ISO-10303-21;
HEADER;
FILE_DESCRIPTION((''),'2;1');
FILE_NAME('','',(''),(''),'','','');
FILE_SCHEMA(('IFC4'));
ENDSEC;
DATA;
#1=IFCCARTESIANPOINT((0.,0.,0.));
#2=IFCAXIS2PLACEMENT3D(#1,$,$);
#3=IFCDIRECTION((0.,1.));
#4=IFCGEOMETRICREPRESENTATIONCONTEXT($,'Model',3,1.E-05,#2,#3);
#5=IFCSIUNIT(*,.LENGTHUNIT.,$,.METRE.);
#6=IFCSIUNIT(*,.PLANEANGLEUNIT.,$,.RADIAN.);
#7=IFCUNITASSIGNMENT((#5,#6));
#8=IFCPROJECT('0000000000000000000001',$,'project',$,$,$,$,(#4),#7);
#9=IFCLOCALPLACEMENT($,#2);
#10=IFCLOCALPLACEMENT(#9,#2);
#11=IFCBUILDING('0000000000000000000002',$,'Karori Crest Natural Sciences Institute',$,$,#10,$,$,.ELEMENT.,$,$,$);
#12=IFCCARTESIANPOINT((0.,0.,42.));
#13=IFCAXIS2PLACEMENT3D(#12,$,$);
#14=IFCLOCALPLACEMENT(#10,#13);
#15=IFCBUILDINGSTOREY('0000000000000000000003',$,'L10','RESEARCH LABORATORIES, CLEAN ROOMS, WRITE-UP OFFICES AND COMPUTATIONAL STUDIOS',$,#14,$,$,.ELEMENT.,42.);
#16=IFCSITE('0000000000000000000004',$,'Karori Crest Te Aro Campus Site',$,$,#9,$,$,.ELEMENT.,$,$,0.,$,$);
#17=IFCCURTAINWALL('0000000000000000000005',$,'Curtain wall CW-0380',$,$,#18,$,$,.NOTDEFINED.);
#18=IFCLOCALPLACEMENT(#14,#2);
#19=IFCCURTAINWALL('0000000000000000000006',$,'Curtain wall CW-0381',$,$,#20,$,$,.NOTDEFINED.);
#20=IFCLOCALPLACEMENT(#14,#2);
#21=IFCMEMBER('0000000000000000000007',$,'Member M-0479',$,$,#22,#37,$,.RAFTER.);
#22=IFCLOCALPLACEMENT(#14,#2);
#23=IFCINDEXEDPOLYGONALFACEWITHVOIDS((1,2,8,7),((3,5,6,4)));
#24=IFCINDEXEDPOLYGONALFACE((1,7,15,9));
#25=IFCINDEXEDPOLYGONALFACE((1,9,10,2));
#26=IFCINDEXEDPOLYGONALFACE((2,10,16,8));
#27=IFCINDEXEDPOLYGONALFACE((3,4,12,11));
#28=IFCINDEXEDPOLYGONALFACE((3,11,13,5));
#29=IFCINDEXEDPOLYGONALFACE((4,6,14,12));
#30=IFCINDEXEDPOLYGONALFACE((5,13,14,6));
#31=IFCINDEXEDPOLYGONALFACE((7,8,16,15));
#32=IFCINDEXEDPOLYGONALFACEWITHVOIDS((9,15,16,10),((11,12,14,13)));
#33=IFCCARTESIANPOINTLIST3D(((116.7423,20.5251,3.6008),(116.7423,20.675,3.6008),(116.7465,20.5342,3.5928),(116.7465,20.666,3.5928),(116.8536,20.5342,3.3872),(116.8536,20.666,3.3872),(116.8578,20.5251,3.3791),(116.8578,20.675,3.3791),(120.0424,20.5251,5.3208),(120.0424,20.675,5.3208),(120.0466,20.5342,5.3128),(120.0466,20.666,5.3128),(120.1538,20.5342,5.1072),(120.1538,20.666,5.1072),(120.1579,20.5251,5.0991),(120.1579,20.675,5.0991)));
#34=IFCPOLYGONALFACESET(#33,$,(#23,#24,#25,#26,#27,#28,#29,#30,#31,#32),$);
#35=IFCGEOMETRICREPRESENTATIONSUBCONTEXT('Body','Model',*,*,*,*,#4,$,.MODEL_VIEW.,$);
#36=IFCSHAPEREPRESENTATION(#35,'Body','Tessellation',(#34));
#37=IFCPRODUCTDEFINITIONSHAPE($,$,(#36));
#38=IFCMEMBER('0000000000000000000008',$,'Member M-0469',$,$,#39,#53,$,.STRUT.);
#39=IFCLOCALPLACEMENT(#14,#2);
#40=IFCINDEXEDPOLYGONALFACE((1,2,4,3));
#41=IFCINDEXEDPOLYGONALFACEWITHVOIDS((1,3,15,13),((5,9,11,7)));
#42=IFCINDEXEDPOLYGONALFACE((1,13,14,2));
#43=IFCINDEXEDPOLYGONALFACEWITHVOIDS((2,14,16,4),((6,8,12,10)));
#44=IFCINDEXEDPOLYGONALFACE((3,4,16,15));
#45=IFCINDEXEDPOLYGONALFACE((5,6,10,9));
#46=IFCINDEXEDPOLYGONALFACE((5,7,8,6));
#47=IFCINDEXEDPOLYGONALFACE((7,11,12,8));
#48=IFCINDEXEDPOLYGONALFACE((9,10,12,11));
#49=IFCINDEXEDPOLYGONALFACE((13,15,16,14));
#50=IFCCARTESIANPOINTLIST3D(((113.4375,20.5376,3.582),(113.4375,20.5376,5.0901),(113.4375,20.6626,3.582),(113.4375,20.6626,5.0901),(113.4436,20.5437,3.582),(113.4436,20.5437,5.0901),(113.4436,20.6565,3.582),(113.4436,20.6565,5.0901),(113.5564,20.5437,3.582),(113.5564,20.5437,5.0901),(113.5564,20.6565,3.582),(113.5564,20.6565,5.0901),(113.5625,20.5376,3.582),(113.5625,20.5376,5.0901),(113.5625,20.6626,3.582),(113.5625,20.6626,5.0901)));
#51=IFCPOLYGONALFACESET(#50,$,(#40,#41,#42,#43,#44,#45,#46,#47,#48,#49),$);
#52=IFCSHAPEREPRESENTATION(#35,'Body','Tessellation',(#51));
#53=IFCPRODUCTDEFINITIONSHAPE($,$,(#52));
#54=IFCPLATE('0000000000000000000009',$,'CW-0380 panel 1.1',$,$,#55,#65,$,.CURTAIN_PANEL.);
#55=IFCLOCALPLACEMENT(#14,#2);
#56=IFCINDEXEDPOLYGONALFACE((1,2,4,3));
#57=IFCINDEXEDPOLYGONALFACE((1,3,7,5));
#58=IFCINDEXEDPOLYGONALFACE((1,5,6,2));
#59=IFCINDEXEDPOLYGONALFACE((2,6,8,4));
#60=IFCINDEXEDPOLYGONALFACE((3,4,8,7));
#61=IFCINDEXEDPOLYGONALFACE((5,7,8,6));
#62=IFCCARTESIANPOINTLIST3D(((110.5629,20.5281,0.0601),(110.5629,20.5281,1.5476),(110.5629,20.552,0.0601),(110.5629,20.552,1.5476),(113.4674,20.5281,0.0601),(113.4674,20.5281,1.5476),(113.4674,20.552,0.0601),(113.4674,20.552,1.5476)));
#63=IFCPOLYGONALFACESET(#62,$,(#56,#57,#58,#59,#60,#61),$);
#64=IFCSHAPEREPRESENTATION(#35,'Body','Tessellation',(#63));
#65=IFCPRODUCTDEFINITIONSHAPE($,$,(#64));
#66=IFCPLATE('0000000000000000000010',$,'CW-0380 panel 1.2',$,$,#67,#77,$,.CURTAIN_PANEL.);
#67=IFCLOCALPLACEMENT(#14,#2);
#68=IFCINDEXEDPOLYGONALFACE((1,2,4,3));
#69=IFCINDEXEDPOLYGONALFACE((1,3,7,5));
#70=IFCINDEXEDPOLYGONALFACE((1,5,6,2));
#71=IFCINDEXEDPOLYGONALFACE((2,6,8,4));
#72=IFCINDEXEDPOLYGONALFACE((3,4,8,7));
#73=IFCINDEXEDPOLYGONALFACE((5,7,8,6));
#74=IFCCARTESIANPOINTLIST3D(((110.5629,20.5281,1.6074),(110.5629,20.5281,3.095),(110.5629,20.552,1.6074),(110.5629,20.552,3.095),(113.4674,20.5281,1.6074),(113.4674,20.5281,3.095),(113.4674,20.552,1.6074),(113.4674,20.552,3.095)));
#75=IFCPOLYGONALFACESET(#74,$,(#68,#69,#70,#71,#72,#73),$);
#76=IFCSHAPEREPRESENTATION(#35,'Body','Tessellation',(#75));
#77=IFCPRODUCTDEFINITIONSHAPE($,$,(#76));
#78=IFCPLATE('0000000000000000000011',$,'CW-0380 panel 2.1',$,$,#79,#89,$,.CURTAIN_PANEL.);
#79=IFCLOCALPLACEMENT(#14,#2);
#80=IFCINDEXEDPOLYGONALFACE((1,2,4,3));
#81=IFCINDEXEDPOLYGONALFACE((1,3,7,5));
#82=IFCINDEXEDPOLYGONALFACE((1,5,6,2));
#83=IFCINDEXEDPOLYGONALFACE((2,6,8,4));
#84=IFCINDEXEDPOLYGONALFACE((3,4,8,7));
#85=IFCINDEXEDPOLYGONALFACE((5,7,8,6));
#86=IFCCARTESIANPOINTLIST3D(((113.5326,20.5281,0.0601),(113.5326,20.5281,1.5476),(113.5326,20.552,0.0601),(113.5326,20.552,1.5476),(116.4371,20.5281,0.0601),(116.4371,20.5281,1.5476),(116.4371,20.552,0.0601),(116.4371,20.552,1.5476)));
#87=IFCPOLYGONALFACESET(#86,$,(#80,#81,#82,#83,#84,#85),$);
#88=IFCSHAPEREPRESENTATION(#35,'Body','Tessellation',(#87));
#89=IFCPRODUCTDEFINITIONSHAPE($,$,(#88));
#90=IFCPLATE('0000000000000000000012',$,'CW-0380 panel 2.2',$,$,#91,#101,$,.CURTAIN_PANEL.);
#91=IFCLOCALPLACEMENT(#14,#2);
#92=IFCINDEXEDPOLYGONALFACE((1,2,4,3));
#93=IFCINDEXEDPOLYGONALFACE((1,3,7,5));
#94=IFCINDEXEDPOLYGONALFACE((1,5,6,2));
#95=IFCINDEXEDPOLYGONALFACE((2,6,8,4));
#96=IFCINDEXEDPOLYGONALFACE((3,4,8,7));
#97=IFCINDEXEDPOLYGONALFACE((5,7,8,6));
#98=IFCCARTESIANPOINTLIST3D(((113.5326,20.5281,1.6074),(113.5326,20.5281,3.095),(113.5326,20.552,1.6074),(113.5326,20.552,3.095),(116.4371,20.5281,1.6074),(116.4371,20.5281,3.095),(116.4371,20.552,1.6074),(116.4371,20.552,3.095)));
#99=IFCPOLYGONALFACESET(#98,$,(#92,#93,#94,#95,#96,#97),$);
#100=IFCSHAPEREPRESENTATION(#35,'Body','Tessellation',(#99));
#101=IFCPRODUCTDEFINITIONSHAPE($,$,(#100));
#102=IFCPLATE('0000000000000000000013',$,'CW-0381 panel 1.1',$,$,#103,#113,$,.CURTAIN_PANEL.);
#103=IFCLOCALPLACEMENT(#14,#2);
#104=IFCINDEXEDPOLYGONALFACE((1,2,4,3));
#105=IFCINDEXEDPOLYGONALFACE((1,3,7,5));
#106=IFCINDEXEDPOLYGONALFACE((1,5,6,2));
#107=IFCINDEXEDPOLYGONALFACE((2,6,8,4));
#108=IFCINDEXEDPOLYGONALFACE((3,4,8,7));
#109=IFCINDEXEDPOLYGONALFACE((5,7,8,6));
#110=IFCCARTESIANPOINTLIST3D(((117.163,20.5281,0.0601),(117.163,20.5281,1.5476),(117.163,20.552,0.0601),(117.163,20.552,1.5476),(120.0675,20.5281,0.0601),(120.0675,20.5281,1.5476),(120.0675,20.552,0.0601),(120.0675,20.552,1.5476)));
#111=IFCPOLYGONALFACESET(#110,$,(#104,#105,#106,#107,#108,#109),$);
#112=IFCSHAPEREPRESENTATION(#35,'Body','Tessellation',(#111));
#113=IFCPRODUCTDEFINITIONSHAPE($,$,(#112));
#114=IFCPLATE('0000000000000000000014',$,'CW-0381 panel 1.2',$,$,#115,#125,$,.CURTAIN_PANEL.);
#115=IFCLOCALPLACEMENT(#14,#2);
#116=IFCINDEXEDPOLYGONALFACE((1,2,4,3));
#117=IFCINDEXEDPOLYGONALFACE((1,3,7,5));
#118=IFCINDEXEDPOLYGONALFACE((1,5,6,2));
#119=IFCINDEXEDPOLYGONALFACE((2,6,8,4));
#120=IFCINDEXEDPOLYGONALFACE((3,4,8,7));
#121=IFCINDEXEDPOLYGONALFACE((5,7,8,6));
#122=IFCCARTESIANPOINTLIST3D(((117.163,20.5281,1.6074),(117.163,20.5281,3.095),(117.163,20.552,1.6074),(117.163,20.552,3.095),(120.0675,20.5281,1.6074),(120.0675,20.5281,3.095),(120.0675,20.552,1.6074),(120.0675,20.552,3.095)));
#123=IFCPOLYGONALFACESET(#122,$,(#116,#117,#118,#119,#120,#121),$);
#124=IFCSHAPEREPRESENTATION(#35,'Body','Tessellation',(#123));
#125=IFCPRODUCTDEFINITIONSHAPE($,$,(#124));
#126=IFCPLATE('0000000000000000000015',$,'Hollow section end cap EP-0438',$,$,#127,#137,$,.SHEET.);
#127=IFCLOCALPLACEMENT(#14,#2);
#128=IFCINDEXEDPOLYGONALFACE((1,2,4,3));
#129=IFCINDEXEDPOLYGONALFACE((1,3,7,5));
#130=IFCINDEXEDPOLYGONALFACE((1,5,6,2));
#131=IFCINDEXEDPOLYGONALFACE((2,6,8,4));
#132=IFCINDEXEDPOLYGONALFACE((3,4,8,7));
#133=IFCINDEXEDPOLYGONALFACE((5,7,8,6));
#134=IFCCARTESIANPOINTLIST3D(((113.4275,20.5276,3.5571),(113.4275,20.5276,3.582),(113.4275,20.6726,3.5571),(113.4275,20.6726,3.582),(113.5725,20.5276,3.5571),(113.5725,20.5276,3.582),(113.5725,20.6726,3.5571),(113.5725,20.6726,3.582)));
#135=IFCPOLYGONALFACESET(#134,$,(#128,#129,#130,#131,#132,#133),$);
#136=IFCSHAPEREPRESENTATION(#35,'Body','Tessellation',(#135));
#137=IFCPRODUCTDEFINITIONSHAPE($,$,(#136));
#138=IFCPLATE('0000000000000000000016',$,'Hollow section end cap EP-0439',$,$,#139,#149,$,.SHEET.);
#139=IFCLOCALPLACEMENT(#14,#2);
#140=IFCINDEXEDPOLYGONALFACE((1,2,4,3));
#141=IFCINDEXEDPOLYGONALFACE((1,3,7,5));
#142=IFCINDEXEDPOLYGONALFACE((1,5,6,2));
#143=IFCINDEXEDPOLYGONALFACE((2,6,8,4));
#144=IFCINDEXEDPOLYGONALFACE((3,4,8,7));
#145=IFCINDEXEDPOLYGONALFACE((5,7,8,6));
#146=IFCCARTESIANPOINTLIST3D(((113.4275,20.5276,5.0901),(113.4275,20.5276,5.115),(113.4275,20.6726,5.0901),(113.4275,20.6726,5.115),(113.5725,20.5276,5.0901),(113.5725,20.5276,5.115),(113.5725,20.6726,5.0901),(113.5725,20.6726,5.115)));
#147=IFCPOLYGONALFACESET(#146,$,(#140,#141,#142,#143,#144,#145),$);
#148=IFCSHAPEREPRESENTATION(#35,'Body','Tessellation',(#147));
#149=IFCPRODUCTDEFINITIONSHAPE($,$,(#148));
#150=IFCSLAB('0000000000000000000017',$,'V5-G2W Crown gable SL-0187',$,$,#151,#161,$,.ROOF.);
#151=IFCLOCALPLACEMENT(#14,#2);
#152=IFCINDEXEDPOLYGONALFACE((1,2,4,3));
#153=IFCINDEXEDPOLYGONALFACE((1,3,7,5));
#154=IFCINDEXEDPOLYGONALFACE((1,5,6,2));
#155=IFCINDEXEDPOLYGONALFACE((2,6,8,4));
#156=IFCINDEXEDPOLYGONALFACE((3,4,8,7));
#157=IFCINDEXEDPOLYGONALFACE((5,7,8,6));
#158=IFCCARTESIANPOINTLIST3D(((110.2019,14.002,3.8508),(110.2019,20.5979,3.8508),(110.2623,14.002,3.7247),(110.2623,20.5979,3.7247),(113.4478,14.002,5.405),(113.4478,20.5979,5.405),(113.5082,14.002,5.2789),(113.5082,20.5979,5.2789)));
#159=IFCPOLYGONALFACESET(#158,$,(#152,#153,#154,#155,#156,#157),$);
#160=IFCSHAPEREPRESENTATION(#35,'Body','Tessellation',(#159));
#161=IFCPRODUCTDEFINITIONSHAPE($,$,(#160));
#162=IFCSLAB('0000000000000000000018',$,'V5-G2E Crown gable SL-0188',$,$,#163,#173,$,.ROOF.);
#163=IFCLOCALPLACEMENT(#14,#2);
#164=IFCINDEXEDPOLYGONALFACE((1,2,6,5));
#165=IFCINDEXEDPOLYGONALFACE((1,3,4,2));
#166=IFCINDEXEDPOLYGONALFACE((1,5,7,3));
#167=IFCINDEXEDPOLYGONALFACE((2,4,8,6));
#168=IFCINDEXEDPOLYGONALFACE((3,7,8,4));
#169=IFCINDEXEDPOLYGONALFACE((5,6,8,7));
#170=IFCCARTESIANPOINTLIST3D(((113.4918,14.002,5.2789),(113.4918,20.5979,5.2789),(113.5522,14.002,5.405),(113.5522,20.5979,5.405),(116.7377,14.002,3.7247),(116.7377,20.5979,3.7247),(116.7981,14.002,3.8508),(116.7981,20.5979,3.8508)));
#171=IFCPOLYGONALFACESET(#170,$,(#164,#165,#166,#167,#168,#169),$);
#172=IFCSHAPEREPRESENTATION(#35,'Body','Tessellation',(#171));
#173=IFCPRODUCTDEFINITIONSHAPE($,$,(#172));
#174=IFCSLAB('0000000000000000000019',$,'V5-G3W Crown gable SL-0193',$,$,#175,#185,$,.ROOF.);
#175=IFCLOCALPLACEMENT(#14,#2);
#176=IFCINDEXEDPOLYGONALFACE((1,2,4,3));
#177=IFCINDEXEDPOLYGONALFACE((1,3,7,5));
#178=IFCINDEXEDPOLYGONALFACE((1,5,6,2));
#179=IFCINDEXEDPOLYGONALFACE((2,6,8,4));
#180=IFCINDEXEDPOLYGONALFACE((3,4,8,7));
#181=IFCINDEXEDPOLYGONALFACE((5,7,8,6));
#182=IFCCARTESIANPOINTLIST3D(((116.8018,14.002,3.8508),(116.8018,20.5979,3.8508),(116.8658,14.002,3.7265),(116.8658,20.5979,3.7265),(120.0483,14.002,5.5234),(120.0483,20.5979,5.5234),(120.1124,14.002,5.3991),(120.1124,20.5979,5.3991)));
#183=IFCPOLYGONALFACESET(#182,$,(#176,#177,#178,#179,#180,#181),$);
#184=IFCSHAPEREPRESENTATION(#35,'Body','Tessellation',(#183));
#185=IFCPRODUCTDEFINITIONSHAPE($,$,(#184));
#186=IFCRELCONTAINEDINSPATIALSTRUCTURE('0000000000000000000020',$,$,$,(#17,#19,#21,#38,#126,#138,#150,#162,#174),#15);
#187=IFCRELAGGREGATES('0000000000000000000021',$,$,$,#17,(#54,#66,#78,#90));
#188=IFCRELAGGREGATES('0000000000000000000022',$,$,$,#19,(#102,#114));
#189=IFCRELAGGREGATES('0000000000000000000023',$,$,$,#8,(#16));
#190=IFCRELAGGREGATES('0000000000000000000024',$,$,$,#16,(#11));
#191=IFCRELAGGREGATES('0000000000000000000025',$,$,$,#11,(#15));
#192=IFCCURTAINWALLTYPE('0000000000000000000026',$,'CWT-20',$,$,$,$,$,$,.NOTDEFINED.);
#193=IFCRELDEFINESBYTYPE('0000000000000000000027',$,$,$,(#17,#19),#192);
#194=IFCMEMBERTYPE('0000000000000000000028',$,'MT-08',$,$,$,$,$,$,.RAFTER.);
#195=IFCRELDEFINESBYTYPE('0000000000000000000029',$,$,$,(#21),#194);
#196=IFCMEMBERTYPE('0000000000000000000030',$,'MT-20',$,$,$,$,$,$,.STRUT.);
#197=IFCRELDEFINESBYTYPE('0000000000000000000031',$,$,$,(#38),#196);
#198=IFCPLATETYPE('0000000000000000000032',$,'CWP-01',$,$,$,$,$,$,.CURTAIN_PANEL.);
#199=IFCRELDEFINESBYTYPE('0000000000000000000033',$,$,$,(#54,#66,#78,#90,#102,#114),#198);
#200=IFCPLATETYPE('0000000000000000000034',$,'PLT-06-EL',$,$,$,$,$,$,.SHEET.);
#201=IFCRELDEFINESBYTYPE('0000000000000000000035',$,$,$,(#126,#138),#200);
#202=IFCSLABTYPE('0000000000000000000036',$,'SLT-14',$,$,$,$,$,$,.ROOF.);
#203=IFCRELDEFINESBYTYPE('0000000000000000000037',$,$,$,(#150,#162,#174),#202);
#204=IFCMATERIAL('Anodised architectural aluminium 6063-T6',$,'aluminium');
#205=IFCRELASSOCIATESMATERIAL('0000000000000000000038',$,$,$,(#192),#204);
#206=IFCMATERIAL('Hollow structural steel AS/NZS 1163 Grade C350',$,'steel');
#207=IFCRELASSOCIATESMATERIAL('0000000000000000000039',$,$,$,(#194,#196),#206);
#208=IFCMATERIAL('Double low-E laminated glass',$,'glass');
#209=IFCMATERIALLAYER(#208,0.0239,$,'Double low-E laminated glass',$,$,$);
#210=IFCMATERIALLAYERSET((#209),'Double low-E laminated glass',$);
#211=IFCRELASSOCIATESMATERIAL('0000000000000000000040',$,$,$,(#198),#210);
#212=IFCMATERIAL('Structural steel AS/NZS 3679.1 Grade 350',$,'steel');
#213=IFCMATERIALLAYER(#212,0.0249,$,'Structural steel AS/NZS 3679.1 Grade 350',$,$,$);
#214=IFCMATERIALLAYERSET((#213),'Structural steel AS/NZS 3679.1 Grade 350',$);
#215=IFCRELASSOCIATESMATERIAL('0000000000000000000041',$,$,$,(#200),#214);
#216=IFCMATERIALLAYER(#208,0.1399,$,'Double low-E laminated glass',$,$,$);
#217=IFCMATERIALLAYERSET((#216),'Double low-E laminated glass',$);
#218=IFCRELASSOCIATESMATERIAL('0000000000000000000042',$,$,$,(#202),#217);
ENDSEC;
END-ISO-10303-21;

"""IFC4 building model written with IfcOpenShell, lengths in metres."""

from ifc_helpers import new_model, si_unit, direction, frame, origin, origin_2d, place, context, subcontext, project, spatial, polyline, rectangle, hollow_rectangle, outline, extrude, material, layer, layer_set, material_profile, profile_set, type_object, element, aggregate, save


model = new_model("IFC4")

# Units and contexts
model_context = context("Model", 3, precision=1e-05, world=origin(), true_north=direction((0.0, 1.0)))
body_context = subcontext(model_context, "Body", "Model", "MODEL_VIEW")
ifc_project = project(units=[si_unit("LENGTHUNIT", "METRE"), si_unit("PLANEANGLEUNIT", "RADIAN")], contexts=[model_context])

# Site, building, storey
site_placement = place(None, origin())
site = spatial("IfcSite", under=ifc_project, at=site_placement, Name="Karori Crest Te Aro Campus Site", CompositionType="ELEMENT", RefElevation=0.0)
building_placement = place(site_placement, origin())
building = spatial("IfcBuilding", under=site, at=building_placement, Name="Karori Crest Natural Sciences Institute", CompositionType="ELEMENT")
storey_placement = place(building_placement, frame((0.0, 0.0, 42.0)))
storey = spatial("IfcBuildingStorey", under=building, at=storey_placement, Name="L10", Description="RESEARCH LABORATORIES, CLEAN ROOMS, WRITE-UP OFFICES AND COMPUTATIONAL STUDIOS", CompositionType="ELEMENT", Elevation=42.0)

# Shared definitions
ifc_material_1 = material(Name="Structural steel AS/NZS 3679.1 Grade 350", Category="steel")

# Shared definitions
ifc_material_2 = material(Name="Hollow structural steel AS/NZS 1163 Grade C350", Category="steel")

# Curtain wall
ifc_material_3 = material(Name="Anodised architectural aluminium 6063-T6", Category="aluminium")
curtain_wall_type = type_object("IfcCurtainWallType", Name="CWT-20", PredefinedType="NOTDEFINED", material=ifc_material_3)
curtain_wall_1_placement = place(storey_placement, origin())
curtain_wall_1 = element("IfcCurtainWall", 1, at=curtain_wall_1_placement, inside=storey, type_object=curtain_wall_type, Name="Curtain wall CW-0380", PredefinedType="NOTDEFINED")

# Curtain wall
curtain_wall_2_placement = place(storey_placement, origin())
curtain_wall_2 = element("IfcCurtainWall", 2, at=curtain_wall_2_placement, inside=storey, type_object=curtain_wall_type, Name="Curtain wall CW-0381", PredefinedType="NOTDEFINED")

# Members
ifc_material_profile_1 = material_profile(ifc_material_2, hollow_rectangle(XDim=0.1499, YDim=0.25, WallThickness=0.009, at=origin_2d()), Name="RHS250x150x9")
ifc_profile_set_1 = profile_set([ifc_material_profile_1], Name="Hollow structural steel AS/NZS 1163 Grade C350")
member_type_1 = type_object("IfcMemberType", Name="MT-08", PredefinedType="RAFTER", material=ifc_profile_set_1)
member_1_placement = place(storey_placement, frame((116.8, 20.6001, 3.49), z_axis=(0.886782, 0.0, 0.462187), x_axis=(0.0, 1.0, 0.0)))
element("IfcMember", 3, at=member_1_placement, inside=storey, type_object=member_type_1, Name="Member M-0479", PredefinedType="RAFTER", context=body_context, shape_type="SweptSolid", body=[
    extrude(hollow_rectangle(XDim=0.1499, YDim=0.25, WallThickness=0.009, at=origin_2d()), origin(), (0.0, 0.0, 1.0), 3.7214),
])
ifc_material_profile_2 = material_profile(ifc_material_2, hollow_rectangle(XDim=0.125, YDim=0.125, WallThickness=0.0061, at=origin_2d()), Name="SHS125x125x6")
ifc_profile_set_2 = profile_set([ifc_material_profile_2], Name="Hollow structural steel AS/NZS 1163 Grade C350")
member_type_2 = type_object("IfcMemberType", Name="MT-20", PredefinedType="STRUT", material=ifc_profile_set_2)
member_2_placement = place(storey_placement, frame((113.5, 20.6001, 3.582), z_axis=(0.0, 0.0, 1.0), x_axis=(1.0, 0.0, 0.0)))
element("IfcMember", 4, at=member_2_placement, inside=storey, type_object=member_type_2, Name="Member M-0469", PredefinedType="STRUT", context=body_context, shape_type="SweptSolid", body=[
    extrude(hollow_rectangle(XDim=0.125, YDim=0.125, WallThickness=0.0061, at=origin_2d()), origin(), (0.0, 0.0, 1.0), 1.5081),
])

# Plates
ifc_material_4 = material(Name="Double low-E laminated glass", Category="glass")
ifc_layer_1 = layer(ifc_material_4, 0.0239, Name="Double low-E laminated glass")
ifc_layer_set_1 = layer_set([ifc_layer_1], Name="Double low-E laminated glass")
plate_type_1 = type_object("IfcPlateType", Name="CWP-01", PredefinedType="CURTAIN_PANEL", material=ifc_layer_set_1)
plate_1_placement = place(storey_placement, frame((112.0151, 20.54, 0.0601), z_axis=(0.0, 0.0, 1.0), x_axis=(1.0, 0.0, 0.0)))
plate_1 = element("IfcPlate", 5, at=plate_1_placement, type_object=plate_type_1, Name="CW-0380 panel 1.1", PredefinedType="CURTAIN_PANEL", context=body_context, shape_type="SweptSolid", body=[
    extrude(rectangle(XDim=2.9045, YDim=0.0239, at=origin_2d()), origin(), (0.0, 0.0, 1.0), 1.4875),
])
plate_2_placement = place(storey_placement, frame((112.0151, 20.54, 1.6074), z_axis=(0.0, 0.0, 1.0), x_axis=(1.0, 0.0, 0.0)))
plate_2 = element("IfcPlate", 6, at=plate_2_placement, type_object=plate_type_1, Name="CW-0380 panel 1.2", PredefinedType="CURTAIN_PANEL", context=body_context, shape_type="SweptSolid", body=[
    extrude(rectangle(XDim=2.9045, YDim=0.0239, at=origin_2d()), origin(), (0.0, 0.0, 1.0), 1.4875),
])
plate_3_placement = place(storey_placement, frame((114.9849, 20.54, 0.0601), z_axis=(0.0, 0.0, 1.0), x_axis=(1.0, 0.0, 0.0)))
plate_3 = element("IfcPlate", 7, at=plate_3_placement, type_object=plate_type_1, Name="CW-0380 panel 2.1", PredefinedType="CURTAIN_PANEL", context=body_context, shape_type="SweptSolid", body=[
    extrude(rectangle(XDim=2.9045, YDim=0.0239, at=origin_2d()), origin(), (0.0, 0.0, 1.0), 1.4875),
])
plate_4_placement = place(storey_placement, frame((114.9849, 20.54, 1.6074), z_axis=(0.0, 0.0, 1.0), x_axis=(1.0, 0.0, 0.0)))
plate_4 = element("IfcPlate", 8, at=plate_4_placement, type_object=plate_type_1, Name="CW-0380 panel 2.2", PredefinedType="CURTAIN_PANEL", context=body_context, shape_type="SweptSolid", body=[
    extrude(rectangle(XDim=2.9045, YDim=0.0239, at=origin_2d()), origin(), (0.0, 0.0, 1.0), 1.4875),
])
aggregate(curtain_wall_1, [plate_1, plate_2, plate_3, plate_4])
plate_5_placement = place(storey_placement, frame((118.6152, 20.54, 0.0601), z_axis=(0.0, 0.0, 1.0), x_axis=(1.0, 0.0, 0.0)))
plate_5 = element("IfcPlate", 9, at=plate_5_placement, type_object=plate_type_1, Name="CW-0381 panel 1.1", PredefinedType="CURTAIN_PANEL", context=body_context, shape_type="SweptSolid", body=[
    extrude(rectangle(XDim=2.9045, YDim=0.0239, at=origin_2d()), origin(), (0.0, 0.0, 1.0), 1.4875),
])
plate_6_placement = place(storey_placement, frame((118.6152, 20.54, 1.6074), z_axis=(0.0, 0.0, 1.0), x_axis=(1.0, 0.0, 0.0)))
plate_6 = element("IfcPlate", 10, at=plate_6_placement, type_object=plate_type_1, Name="CW-0381 panel 1.2", PredefinedType="CURTAIN_PANEL", context=body_context, shape_type="SweptSolid", body=[
    extrude(rectangle(XDim=2.9045, YDim=0.0239, at=origin_2d()), origin(), (0.0, 0.0, 1.0), 1.4875),
])
aggregate(curtain_wall_2, [plate_5, plate_6])

# Plates
ifc_layer_2 = layer(ifc_material_1, 0.0249, Name="Structural steel AS/NZS 3679.1 Grade 350")
ifc_layer_set_2 = layer_set([ifc_layer_2], Name="Structural steel AS/NZS 3679.1 Grade 350")
plate_type_2 = type_object("IfcPlateType", Name="PLT-06-EL", PredefinedType="SHEET", material=ifc_layer_set_2)
for number, where, z_axis, x_axis, name in (
    (11, (113.5, 20.6001, 3.5571), (0.0, 0.0, 1.0), (1.0, 0.0, 0.0), "Hollow section end cap EP-0438"),
    (12, (113.5, 20.6001, 5.0901), (0.0, 0.0, 1.0), (1.0, 0.0, 0.0), "Hollow section end cap EP-0439"),
):
    element("IfcPlate", number, at=place(storey_placement, frame(where, z_axis=z_axis, x_axis=x_axis)), inside=storey, type_object=plate_type_2, Name=name, PredefinedType="SHEET", context=body_context, shape_type="SweptSolid", body=[
        extrude(rectangle(XDim=0.145, YDim=0.145, at=origin_2d()), origin(), (0.0, 0.0, 1.0), 0.0249),
    ])

# Slabs
ifc_layer_3 = layer(ifc_material_4, 0.1399, Name="Double low-E laminated glass")
ifc_layer_set_3 = layer_set([ifc_layer_3], Name="Double low-E laminated glass")
slab_type = type_object("IfcSlabType", Name="SLT-14", PredefinedType="ROOF", material=ifc_layer_set_3)
for number, where, z_axis, x_axis, name in (
    (13, (110.2019, 14.002, 3.8508), (-0.431871, 0.0, 0.901936), (0.901936, 0.0, 0.431871), "V5-G2W Crown gable SL-0187"),
    (14, (113.5522, 14.002, 5.405), (0.431871, 0.0, 0.901936), (0.901936, 0.0, -0.431871), "V5-G2E Crown gable SL-0188"),
):
    element("IfcSlab", number, at=place(storey_placement, frame(where, z_axis=z_axis, x_axis=x_axis)), inside=storey, type_object=slab_type, Name=name, PredefinedType="ROOF", context=body_context, shape_type="SweptSolid", body=[
        extrude(outline(polyline([(0.0, 0.0), (3.5988, 0.0), (3.5988, 6.5959), (0.0, 6.5959), (0.0, 0.0)])), origin(), (0.0, 0.0, -1.0), 0.1399),
    ])
slab_placement = place(storey_placement, frame((116.8018, 14.002, 3.8508), z_axis=(-0.457984, 0.0, 0.888961), x_axis=(0.888961, 0.0, 0.457984)))
element("IfcSlab", 15, at=slab_placement, inside=storey, type_object=slab_type, Name="V5-G3W Crown gable SL-0193", PredefinedType="ROOF", context=body_context, shape_type="SweptSolid", body=[
    extrude(outline(polyline([(0.0, 0.0), (3.6521, 0.0), (3.6521, 6.5959), (0.0, 6.5959), (0.0, 0.0)])), origin(), (0.0, 0.0, -1.0), 0.1399),
])

save(model, "model.ifc")
